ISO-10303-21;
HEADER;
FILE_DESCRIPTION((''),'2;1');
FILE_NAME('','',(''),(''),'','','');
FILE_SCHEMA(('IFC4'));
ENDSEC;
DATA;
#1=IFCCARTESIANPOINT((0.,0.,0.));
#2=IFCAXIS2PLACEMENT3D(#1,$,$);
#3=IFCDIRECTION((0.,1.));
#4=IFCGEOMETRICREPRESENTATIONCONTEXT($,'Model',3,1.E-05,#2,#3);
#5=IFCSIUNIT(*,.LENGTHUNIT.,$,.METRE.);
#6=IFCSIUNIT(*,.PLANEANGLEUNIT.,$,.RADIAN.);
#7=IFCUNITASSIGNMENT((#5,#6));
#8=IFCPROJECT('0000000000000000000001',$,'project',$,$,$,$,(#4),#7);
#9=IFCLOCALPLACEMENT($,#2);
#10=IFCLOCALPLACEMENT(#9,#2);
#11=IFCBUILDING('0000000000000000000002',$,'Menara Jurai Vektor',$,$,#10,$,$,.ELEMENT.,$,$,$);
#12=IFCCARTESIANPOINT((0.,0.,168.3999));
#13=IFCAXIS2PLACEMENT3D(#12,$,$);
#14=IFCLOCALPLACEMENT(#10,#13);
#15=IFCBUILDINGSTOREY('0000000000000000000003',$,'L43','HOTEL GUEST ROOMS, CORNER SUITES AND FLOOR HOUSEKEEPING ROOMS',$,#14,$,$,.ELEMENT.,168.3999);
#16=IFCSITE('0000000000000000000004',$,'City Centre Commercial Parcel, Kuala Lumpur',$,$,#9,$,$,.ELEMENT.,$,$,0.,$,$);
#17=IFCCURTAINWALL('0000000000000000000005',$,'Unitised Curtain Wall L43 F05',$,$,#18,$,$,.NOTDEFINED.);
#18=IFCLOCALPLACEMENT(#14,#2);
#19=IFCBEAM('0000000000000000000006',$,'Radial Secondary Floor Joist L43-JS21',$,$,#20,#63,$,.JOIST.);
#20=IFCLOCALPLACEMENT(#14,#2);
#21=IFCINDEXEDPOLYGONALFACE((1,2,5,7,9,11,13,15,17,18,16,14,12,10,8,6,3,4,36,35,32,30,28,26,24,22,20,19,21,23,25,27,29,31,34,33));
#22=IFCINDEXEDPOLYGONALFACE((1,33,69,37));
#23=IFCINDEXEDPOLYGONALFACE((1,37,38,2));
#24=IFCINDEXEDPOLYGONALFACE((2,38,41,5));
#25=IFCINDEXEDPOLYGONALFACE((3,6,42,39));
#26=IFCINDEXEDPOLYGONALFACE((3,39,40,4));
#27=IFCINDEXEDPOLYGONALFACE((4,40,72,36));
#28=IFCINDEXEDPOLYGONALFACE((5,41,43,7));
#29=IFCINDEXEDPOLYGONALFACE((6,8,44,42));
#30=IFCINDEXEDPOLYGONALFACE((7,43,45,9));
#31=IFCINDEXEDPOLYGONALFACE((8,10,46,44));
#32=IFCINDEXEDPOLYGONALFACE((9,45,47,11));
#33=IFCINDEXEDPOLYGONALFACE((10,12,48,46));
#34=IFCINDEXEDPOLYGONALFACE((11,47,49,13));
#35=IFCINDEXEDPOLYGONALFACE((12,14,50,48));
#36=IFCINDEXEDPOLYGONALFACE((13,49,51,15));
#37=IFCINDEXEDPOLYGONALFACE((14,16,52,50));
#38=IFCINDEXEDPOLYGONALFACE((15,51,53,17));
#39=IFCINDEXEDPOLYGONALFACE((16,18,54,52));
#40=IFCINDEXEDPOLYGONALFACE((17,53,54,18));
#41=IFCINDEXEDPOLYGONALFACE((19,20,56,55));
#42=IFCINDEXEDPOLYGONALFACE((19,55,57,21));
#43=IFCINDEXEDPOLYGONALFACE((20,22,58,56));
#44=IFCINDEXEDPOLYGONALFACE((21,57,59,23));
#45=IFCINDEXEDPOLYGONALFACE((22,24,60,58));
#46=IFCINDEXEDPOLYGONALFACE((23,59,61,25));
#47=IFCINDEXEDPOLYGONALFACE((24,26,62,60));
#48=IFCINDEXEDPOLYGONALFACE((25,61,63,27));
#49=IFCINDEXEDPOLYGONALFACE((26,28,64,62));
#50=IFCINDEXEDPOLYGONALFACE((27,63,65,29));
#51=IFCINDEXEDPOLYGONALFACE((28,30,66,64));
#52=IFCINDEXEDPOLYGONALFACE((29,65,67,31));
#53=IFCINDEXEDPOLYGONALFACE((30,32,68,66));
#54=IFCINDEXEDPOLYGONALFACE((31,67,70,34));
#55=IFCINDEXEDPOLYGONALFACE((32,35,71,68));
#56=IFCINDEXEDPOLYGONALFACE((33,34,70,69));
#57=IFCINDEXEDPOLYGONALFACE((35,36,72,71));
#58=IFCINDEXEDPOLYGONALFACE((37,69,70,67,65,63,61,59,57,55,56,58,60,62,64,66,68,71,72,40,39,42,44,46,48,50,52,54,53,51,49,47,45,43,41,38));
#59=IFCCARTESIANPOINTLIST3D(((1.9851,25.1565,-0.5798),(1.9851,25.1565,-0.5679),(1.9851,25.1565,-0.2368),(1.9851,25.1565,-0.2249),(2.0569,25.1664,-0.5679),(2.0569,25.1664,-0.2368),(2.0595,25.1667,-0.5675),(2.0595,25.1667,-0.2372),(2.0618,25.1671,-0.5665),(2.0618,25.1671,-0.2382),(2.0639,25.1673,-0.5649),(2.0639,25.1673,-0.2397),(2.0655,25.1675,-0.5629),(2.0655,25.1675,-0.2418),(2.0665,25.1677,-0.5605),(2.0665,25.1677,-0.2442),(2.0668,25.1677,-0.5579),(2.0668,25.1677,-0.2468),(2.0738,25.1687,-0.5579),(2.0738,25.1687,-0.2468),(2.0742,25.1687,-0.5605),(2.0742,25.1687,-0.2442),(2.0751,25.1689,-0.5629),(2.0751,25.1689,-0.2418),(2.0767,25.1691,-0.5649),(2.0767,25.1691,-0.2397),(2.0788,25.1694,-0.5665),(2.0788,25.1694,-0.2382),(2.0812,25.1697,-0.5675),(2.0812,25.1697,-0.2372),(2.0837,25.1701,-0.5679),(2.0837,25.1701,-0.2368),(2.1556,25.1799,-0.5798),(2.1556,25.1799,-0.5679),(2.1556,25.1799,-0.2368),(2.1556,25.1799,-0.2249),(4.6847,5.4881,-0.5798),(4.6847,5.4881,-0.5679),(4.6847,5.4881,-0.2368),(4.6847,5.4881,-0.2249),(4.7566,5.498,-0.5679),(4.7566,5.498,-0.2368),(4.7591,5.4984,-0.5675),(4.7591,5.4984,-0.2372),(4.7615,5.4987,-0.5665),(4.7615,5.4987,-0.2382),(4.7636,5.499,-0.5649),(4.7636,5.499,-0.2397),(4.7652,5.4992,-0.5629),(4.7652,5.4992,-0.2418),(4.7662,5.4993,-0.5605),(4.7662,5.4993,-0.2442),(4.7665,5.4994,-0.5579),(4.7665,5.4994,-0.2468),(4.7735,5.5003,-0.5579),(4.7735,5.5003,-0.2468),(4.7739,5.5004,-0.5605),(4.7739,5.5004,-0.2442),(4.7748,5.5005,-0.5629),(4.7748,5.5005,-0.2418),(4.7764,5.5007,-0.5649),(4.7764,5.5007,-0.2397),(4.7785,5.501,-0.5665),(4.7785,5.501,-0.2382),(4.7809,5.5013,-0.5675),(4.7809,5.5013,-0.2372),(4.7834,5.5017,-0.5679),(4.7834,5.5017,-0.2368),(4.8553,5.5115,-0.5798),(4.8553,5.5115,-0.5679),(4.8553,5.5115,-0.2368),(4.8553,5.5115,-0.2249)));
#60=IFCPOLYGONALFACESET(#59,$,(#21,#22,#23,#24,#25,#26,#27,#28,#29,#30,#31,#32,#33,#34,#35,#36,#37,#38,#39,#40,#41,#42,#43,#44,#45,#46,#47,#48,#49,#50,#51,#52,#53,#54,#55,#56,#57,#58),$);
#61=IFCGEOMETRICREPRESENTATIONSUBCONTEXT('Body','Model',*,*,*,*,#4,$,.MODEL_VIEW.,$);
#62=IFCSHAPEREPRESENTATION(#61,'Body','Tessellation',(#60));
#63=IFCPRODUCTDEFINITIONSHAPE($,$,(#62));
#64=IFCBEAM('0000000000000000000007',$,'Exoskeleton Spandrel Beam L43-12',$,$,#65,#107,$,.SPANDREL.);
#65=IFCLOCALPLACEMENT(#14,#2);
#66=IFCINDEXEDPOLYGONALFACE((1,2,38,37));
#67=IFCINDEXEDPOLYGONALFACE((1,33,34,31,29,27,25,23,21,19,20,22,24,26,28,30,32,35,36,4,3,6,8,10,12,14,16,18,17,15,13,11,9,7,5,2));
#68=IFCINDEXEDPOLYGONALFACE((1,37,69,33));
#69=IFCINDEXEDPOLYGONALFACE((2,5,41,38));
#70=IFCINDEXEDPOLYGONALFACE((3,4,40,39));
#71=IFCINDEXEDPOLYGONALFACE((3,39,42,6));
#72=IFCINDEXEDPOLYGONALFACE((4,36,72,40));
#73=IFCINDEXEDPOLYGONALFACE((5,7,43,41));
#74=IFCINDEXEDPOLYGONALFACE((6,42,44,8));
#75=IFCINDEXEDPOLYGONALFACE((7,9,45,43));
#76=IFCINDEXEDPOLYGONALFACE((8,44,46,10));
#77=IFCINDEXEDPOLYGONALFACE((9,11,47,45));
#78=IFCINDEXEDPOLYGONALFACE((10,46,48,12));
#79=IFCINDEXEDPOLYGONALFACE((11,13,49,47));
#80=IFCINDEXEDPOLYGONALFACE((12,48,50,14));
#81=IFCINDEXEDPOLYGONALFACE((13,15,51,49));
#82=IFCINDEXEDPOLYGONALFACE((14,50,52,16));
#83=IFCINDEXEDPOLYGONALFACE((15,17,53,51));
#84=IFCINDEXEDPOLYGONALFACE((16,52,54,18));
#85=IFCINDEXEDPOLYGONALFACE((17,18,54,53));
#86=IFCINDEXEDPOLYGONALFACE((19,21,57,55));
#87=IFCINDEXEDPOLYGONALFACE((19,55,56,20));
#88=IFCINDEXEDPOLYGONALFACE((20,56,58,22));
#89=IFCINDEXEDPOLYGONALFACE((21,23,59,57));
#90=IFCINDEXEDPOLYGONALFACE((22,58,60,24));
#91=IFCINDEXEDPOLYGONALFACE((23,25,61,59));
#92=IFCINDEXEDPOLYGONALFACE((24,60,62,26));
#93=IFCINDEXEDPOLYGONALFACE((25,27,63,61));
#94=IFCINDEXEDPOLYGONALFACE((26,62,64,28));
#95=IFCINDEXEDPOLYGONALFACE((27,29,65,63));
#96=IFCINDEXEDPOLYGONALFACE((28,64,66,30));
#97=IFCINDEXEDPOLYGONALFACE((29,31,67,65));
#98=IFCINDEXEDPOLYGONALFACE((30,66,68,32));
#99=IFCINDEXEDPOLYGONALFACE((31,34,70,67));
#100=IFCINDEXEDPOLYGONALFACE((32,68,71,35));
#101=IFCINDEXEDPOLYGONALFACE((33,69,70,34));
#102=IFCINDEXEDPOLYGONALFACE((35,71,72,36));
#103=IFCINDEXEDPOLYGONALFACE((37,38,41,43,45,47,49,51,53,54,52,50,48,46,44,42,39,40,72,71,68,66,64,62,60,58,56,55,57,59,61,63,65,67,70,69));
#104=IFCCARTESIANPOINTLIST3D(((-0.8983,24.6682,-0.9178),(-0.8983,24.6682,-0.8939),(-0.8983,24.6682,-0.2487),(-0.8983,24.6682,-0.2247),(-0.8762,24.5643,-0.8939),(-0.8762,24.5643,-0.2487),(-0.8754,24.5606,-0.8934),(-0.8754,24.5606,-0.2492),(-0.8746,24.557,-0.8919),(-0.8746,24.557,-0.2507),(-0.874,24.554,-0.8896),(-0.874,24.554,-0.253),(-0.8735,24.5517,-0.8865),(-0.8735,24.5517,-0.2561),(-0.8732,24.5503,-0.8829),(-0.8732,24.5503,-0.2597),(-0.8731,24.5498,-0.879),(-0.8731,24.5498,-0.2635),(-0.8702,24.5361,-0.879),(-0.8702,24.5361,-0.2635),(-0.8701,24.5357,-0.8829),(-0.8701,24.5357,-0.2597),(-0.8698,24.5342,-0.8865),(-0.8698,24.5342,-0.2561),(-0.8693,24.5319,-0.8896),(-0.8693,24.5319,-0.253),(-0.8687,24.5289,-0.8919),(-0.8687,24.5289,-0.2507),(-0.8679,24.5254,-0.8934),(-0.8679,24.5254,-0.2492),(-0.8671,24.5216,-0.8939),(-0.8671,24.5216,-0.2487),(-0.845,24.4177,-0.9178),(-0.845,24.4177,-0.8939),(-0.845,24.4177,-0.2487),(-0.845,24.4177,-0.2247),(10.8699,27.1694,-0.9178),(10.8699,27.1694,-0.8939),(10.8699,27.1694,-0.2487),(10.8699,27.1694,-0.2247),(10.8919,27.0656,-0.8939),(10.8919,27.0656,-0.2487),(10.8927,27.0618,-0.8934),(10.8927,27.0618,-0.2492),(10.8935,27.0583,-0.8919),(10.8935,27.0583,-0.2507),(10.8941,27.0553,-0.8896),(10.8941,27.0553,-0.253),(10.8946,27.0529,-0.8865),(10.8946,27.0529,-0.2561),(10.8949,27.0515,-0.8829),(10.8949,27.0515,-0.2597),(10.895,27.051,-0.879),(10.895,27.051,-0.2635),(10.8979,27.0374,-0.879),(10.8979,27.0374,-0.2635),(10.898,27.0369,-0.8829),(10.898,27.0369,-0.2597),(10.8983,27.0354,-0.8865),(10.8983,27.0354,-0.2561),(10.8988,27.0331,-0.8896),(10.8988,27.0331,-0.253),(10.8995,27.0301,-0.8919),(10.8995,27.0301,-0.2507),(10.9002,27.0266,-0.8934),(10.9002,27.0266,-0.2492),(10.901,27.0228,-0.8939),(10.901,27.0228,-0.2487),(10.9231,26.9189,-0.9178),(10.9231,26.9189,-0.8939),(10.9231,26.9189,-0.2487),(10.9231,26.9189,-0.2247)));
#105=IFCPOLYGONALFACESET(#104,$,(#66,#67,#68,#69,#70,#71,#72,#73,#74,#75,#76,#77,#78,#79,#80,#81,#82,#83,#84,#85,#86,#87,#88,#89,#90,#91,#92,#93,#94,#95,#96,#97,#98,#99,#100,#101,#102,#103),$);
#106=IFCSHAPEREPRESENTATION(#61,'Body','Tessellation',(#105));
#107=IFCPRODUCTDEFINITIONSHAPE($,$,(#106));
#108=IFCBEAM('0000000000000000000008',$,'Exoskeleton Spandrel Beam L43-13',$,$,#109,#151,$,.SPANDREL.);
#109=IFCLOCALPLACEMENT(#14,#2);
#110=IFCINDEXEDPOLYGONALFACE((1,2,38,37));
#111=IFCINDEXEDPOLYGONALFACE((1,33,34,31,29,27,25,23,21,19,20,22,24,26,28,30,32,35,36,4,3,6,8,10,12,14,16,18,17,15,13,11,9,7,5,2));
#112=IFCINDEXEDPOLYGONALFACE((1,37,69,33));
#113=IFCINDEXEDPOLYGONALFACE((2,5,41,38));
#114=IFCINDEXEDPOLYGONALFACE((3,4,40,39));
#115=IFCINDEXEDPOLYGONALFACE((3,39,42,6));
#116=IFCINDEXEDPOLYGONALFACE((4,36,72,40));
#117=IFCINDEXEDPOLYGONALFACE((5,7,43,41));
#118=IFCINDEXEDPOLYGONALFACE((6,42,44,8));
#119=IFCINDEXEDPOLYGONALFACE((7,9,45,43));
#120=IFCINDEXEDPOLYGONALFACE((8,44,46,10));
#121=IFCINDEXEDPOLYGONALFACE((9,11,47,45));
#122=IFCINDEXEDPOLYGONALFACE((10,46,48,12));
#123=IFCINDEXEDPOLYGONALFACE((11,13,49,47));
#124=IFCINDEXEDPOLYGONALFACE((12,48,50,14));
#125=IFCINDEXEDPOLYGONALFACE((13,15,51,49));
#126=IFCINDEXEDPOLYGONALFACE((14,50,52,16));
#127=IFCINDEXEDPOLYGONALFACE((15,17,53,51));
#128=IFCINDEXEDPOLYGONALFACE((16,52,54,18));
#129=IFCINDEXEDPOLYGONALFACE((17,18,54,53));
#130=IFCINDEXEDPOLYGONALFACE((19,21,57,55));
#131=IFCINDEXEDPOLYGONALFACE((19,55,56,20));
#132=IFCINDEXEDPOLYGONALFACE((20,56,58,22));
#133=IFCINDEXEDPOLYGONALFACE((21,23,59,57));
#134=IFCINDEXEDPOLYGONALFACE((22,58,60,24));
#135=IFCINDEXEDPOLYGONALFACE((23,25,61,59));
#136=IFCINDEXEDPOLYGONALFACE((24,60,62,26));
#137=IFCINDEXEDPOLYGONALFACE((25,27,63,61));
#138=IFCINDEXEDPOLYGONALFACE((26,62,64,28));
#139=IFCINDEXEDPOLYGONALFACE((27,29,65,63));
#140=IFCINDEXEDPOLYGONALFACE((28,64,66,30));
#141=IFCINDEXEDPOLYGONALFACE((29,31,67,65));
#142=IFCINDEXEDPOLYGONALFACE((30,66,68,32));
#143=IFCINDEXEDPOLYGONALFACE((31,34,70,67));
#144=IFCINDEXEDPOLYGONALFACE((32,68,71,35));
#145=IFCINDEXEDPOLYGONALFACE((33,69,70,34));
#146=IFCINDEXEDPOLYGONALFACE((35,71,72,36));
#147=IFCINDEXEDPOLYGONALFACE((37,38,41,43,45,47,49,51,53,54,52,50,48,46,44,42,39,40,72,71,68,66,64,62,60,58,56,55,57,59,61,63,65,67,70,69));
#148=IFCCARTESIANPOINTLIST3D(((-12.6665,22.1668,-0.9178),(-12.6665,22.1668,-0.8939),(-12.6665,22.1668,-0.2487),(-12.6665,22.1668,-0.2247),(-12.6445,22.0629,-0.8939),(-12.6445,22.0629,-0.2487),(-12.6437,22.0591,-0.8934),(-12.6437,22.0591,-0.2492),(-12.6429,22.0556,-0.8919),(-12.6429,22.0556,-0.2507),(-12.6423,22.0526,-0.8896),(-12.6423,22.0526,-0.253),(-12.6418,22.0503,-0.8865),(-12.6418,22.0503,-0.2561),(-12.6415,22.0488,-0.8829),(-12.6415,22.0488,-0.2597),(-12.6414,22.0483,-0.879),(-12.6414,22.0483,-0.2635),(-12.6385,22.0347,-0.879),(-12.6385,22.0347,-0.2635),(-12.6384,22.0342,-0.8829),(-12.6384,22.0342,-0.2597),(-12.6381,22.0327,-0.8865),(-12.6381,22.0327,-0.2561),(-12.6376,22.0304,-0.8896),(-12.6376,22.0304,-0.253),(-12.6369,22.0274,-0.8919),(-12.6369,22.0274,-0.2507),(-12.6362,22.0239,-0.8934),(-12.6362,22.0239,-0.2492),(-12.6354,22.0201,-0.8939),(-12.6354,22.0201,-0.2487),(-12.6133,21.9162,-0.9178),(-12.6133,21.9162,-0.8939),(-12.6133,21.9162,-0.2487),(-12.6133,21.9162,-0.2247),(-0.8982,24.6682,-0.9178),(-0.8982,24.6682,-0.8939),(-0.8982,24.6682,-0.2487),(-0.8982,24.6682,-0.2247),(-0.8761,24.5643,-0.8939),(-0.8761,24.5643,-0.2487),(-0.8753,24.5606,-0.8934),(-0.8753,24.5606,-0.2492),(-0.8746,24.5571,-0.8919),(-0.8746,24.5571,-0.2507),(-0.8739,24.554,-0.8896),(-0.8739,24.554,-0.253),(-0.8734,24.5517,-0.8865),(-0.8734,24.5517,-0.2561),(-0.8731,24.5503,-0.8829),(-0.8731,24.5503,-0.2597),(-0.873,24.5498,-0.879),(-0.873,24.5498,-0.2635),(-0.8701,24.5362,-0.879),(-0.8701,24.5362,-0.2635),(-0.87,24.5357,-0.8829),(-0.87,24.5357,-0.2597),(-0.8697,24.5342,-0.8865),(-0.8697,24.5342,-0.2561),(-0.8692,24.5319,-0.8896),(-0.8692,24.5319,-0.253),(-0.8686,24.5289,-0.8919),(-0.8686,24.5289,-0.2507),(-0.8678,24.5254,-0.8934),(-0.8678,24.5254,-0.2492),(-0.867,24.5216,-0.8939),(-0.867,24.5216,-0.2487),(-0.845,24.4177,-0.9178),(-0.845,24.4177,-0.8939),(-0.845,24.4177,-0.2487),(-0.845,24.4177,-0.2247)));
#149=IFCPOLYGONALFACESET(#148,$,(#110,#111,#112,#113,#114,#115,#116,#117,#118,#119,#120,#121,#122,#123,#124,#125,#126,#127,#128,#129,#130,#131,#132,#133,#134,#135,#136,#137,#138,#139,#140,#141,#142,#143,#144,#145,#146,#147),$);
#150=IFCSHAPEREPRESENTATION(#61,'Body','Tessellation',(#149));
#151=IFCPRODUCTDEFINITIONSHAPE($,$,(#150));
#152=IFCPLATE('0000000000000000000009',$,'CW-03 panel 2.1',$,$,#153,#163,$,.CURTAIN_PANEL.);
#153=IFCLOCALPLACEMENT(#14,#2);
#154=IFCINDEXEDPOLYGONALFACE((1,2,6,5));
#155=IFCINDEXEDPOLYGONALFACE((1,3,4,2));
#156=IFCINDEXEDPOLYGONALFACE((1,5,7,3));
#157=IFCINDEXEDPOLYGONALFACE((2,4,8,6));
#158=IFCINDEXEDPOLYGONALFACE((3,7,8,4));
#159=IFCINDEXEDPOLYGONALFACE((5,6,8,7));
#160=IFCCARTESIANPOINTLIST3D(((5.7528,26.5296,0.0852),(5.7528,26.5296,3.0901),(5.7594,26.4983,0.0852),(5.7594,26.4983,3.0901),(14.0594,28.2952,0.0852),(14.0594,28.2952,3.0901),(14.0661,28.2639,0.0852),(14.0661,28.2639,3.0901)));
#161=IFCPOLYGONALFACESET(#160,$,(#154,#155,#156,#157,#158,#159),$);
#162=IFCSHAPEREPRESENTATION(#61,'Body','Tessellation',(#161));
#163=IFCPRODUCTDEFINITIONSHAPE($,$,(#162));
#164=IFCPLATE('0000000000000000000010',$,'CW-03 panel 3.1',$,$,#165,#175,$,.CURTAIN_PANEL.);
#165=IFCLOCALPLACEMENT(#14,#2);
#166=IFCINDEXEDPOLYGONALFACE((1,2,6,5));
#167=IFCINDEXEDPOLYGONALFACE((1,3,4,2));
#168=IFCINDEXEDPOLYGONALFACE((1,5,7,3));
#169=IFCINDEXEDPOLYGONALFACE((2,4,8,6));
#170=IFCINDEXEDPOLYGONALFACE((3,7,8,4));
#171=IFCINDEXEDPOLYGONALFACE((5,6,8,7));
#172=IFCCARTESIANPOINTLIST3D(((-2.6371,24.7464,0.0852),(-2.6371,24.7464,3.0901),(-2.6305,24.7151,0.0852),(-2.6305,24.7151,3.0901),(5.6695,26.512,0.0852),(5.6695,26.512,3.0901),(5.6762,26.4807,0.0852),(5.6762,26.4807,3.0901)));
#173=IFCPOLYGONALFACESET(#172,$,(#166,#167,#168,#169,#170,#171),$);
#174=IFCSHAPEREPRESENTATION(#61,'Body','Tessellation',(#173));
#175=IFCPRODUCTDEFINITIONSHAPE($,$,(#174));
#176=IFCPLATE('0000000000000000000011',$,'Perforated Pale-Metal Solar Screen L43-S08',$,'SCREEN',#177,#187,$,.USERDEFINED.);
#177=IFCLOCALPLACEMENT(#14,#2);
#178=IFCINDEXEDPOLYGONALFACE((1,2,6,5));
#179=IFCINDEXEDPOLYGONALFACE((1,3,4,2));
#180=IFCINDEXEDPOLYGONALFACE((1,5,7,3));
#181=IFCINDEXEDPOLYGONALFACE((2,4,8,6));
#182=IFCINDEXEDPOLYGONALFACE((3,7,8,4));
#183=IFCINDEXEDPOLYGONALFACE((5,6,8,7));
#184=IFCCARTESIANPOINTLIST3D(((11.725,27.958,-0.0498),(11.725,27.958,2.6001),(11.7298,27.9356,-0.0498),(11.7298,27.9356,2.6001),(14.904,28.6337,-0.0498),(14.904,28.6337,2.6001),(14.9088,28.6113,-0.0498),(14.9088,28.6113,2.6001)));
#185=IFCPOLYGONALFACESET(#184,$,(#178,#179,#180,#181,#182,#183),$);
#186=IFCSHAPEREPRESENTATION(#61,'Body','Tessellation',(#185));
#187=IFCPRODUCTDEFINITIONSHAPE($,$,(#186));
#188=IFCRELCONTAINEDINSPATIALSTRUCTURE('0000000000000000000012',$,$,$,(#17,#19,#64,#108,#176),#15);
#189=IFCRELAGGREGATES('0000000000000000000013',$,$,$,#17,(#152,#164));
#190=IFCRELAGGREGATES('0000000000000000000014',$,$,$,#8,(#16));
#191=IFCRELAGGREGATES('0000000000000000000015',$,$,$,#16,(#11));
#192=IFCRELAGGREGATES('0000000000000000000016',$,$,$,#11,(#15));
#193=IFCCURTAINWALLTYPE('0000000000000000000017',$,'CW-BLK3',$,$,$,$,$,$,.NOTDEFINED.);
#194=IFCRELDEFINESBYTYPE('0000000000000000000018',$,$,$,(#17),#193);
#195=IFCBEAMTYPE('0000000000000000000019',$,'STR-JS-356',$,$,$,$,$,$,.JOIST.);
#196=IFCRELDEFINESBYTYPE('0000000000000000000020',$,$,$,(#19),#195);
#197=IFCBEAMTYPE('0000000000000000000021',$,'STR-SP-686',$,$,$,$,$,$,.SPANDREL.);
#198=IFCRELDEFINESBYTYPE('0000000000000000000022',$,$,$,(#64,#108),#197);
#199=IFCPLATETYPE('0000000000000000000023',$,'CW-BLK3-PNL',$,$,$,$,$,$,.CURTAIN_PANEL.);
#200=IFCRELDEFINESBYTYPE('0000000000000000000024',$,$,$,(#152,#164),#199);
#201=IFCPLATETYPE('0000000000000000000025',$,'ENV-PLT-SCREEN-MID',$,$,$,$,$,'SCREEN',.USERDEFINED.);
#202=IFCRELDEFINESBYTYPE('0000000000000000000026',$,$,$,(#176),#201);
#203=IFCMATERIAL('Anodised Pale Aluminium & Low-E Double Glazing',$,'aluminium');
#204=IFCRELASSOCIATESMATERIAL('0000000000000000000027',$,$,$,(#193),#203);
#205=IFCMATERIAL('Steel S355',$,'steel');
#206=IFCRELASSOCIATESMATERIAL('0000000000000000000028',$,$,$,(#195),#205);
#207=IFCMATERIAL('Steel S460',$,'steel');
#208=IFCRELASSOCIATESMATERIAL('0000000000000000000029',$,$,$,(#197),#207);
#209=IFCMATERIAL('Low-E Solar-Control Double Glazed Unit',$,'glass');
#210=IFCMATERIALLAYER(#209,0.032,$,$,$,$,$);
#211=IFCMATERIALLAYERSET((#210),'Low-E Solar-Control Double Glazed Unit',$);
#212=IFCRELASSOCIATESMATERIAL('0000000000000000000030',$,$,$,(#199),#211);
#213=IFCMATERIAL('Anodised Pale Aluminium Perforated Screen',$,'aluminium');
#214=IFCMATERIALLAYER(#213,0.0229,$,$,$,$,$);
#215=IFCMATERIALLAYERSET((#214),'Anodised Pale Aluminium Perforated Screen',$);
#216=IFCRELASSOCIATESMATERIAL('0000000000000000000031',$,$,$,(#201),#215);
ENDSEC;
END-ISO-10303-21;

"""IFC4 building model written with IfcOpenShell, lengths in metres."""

from ifc_helpers import new_model, si_unit, direction, frame, origin, origin_2d, place, context, subcontext, project, spatial, rectangle, i_section, extrude, material, layer, layer_set, material_profile, profile_set, type_object, element, aggregate, save


model = new_model("IFC4")

# Units and contexts
model_context = context("Model", 3, precision=1e-05, world=origin(), true_north=direction((0.0, 1.0)))
body_context = subcontext(model_context, "Body", "Model", "MODEL_VIEW")
ifc_project = project(units=[si_unit("LENGTHUNIT", "METRE"), si_unit("PLANEANGLEUNIT", "RADIAN")], contexts=[model_context])

# Site, building, storey
site_placement = place(None, origin())
site = spatial("IfcSite", under=ifc_project, at=site_placement, Name="City Centre Commercial Parcel, Kuala Lumpur", CompositionType="ELEMENT", RefElevation=0.0)
building_placement = place(site_placement, origin())
building = spatial("IfcBuilding", under=site, at=building_placement, Name="Menara Jurai Vektor", CompositionType="ELEMENT")
storey_placement = place(building_placement, frame((0.0, 0.0, 168.3999)))
storey = spatial("IfcBuildingStorey", under=building, at=storey_placement, Name="L43", Description="HOTEL GUEST ROOMS, CORNER SUITES AND FLOOR HOUSEKEEPING ROOMS", CompositionType="ELEMENT", Elevation=168.3999)

# Shared definitions
ifc_material_1 = material(Name="Steel S460", Category="steel")

# Curtain wall
ifc_material_2 = material(Name="Anodised Pale Aluminium & Low-E Double Glazing", Category="aluminium")
curtain_wall_type = type_object("IfcCurtainWallType", Name="CW-BLK3", PredefinedType="NOTDEFINED", material=ifc_material_2)
curtain_wall_placement = place(storey_placement, origin())
curtain_wall = element("IfcCurtainWall", 1, at=curtain_wall_placement, inside=storey, type_object=curtain_wall_type, Name="Unitised Curtain Wall L43 F05", PredefinedType="NOTDEFINED")

# Beams
ifc_material_3 = material(Name="Steel S355", Category="steel")
ifc_material_profile_1 = material_profile(ifc_material_3, i_section(OverallWidth=0.1721, OverallDepth=0.355, WebThickness=0.0071, FlangeThickness=0.012, FilletRadius=0.01, at=origin_2d()), Name="UKB 356x171x51")
ifc_profile_set_1 = profile_set([ifc_material_profile_1], Name="Steel S355")
beam_type_1 = type_object("IfcBeamType", Name="STR-JS-356", PredefinedType="JOIST", material=ifc_profile_set_1)
beam_1_placement = place(storey_placement, frame((2.0703, 25.1682, -0.4023), z_axis=(0.135986, -0.990711, 0.0), x_axis=(0.990711, 0.135986, 0.0)))
element("IfcBeam", 2, at=beam_1_placement, inside=storey, type_object=beam_type_1, Name="Radial Secondary Floor Joist L43-JS21", PredefinedType="JOIST", context=body_context, shape_type="SweptSolid", body=[
    extrude(i_section(OverallWidth=0.1721, OverallDepth=0.355, WebThickness=0.0071, FlangeThickness=0.012, FilletRadius=0.01, at=origin_2d()), origin(), (0.0, 0.0, 1.0), 19.8528),
])
ifc_material_profile_2 = material_profile(ifc_material_1, i_section(OverallWidth=0.2561, OverallDepth=0.6931, WebThickness=0.0139, FlangeThickness=0.0239, FilletRadius=0.0149, at=origin_2d()), Name="UKB 686x254x170")
ifc_profile_set_2 = profile_set([ifc_material_profile_2], Name="Steel S460")
beam_type_2 = type_object("IfcBeamType", Name="STR-SP-686", PredefinedType="SPANDREL", material=ifc_profile_set_2)
beam_2_placement = place(storey_placement, frame((10.8965, 27.0442, -0.5713), z_axis=(-0.97815, -0.207899, 0.0), x_axis=(0.207899, -0.97815, 0.0)))
element("IfcBeam", 3, at=beam_2_placement, inside=storey, type_object=beam_type_2, Name="Exoskeleton Spandrel Beam L43-12", PredefinedType="SPANDREL", context=body_context, shape_type="SweptSolid", body=[
    extrude(i_section(OverallWidth=0.2561, OverallDepth=0.6931, WebThickness=0.0139, FlangeThickness=0.0239, FilletRadius=0.0149, at=origin_2d()), origin(), (0.0, 0.0, 1.0), 12.031),
])
beam_3_placement = place(storey_placement, frame((-0.8716, 24.543, -0.5713), z_axis=(-0.978147, -0.207914, 0.0), x_axis=(0.207914, -0.978147, 0.0)))
element("IfcBeam", 4, at=beam_3_placement, inside=storey, type_object=beam_type_2, Name="Exoskeleton Spandrel Beam L43-13", PredefinedType="SPANDREL", context=body_context, shape_type="SweptSolid", body=[
    extrude(i_section(OverallWidth=0.2561, OverallDepth=0.6931, WebThickness=0.0139, FlangeThickness=0.0239, FilletRadius=0.0149, at=origin_2d()), origin(), (0.0, 0.0, 1.0), 12.0312),
])

# Plates
ifc_material_4 = material(Name="Low-E Solar-Control Double Glazed Unit", Category="glass")
ifc_layer_1 = layer(ifc_material_4, 0.032)
ifc_layer_set_1 = layer_set([ifc_layer_1], Name="Low-E Solar-Control Double Glazed Unit")
plate_type_1 = type_object("IfcPlateType", Name="CW-BLK3-PNL", PredefinedType="CURTAIN_PANEL", material=ifc_layer_set_1)
plate_1_placement = place(storey_placement, frame((9.9094, 27.3967, 0.0852), z_axis=(0.0, 0.0, 1.0), x_axis=(-0.978148, -0.207911, 0.0)))
plate_1 = element("IfcPlate", 5, at=plate_1_placement, type_object=plate_type_1, Name="CW-03 panel 2.1", PredefinedType="CURTAIN_PANEL", context=body_context, shape_type="SweptSolid", body=[
    extrude(rectangle(XDim=8.4922, YDim=0.032, at=origin_2d()), origin(), (0.0, 0.0, 1.0), 3.0049),
])
plate_2_placement = place(storey_placement, frame((1.5195, 25.6135, 0.0852), z_axis=(0.0, 0.0, 1.0), x_axis=(-0.978148, -0.207911, 0.0)))
plate_2 = element("IfcPlate", 6, at=plate_2_placement, type_object=plate_type_1, Name="CW-03 panel 3.1", PredefinedType="CURTAIN_PANEL", context=body_context, shape_type="SweptSolid", body=[
    extrude(rectangle(XDim=8.4922, YDim=0.032, at=origin_2d()), origin(), (0.0, 0.0, 1.0), 3.0049),
])
aggregate(curtain_wall, [plate_1, plate_2])
ifc_material_5 = material(Name="Anodised Pale Aluminium Perforated Screen", Category="aluminium")
ifc_layer_2 = layer(ifc_material_5, 0.0229)
ifc_layer_set_2 = layer_set([ifc_layer_2], Name="Anodised Pale Aluminium Perforated Screen")
plate_type_2 = type_object("IfcPlateType", Name="ENV-PLT-SCREEN-MID", ElementType="SCREEN", PredefinedType="USERDEFINED", material=ifc_layer_set_2)
plate_3_placement = place(storey_placement, frame((13.3169, 28.2847, -0.0498), z_axis=(0.0, 0.0, 1.0), x_axis=(-0.978148, -0.207912, 0.0)))
element("IfcPlate", 7, at=plate_3_placement, inside=storey, type_object=plate_type_2, Name="Perforated Pale-Metal Solar Screen L43-S08", ObjectType="SCREEN", PredefinedType="USERDEFINED", context=body_context, shape_type="SweptSolid", body=[
    extrude(rectangle(XDim=3.25, YDim=0.0229, at=origin_2d()), origin(), (0.0, 0.0, 1.0), 2.6499),
])

save(model, "model.ifc")
